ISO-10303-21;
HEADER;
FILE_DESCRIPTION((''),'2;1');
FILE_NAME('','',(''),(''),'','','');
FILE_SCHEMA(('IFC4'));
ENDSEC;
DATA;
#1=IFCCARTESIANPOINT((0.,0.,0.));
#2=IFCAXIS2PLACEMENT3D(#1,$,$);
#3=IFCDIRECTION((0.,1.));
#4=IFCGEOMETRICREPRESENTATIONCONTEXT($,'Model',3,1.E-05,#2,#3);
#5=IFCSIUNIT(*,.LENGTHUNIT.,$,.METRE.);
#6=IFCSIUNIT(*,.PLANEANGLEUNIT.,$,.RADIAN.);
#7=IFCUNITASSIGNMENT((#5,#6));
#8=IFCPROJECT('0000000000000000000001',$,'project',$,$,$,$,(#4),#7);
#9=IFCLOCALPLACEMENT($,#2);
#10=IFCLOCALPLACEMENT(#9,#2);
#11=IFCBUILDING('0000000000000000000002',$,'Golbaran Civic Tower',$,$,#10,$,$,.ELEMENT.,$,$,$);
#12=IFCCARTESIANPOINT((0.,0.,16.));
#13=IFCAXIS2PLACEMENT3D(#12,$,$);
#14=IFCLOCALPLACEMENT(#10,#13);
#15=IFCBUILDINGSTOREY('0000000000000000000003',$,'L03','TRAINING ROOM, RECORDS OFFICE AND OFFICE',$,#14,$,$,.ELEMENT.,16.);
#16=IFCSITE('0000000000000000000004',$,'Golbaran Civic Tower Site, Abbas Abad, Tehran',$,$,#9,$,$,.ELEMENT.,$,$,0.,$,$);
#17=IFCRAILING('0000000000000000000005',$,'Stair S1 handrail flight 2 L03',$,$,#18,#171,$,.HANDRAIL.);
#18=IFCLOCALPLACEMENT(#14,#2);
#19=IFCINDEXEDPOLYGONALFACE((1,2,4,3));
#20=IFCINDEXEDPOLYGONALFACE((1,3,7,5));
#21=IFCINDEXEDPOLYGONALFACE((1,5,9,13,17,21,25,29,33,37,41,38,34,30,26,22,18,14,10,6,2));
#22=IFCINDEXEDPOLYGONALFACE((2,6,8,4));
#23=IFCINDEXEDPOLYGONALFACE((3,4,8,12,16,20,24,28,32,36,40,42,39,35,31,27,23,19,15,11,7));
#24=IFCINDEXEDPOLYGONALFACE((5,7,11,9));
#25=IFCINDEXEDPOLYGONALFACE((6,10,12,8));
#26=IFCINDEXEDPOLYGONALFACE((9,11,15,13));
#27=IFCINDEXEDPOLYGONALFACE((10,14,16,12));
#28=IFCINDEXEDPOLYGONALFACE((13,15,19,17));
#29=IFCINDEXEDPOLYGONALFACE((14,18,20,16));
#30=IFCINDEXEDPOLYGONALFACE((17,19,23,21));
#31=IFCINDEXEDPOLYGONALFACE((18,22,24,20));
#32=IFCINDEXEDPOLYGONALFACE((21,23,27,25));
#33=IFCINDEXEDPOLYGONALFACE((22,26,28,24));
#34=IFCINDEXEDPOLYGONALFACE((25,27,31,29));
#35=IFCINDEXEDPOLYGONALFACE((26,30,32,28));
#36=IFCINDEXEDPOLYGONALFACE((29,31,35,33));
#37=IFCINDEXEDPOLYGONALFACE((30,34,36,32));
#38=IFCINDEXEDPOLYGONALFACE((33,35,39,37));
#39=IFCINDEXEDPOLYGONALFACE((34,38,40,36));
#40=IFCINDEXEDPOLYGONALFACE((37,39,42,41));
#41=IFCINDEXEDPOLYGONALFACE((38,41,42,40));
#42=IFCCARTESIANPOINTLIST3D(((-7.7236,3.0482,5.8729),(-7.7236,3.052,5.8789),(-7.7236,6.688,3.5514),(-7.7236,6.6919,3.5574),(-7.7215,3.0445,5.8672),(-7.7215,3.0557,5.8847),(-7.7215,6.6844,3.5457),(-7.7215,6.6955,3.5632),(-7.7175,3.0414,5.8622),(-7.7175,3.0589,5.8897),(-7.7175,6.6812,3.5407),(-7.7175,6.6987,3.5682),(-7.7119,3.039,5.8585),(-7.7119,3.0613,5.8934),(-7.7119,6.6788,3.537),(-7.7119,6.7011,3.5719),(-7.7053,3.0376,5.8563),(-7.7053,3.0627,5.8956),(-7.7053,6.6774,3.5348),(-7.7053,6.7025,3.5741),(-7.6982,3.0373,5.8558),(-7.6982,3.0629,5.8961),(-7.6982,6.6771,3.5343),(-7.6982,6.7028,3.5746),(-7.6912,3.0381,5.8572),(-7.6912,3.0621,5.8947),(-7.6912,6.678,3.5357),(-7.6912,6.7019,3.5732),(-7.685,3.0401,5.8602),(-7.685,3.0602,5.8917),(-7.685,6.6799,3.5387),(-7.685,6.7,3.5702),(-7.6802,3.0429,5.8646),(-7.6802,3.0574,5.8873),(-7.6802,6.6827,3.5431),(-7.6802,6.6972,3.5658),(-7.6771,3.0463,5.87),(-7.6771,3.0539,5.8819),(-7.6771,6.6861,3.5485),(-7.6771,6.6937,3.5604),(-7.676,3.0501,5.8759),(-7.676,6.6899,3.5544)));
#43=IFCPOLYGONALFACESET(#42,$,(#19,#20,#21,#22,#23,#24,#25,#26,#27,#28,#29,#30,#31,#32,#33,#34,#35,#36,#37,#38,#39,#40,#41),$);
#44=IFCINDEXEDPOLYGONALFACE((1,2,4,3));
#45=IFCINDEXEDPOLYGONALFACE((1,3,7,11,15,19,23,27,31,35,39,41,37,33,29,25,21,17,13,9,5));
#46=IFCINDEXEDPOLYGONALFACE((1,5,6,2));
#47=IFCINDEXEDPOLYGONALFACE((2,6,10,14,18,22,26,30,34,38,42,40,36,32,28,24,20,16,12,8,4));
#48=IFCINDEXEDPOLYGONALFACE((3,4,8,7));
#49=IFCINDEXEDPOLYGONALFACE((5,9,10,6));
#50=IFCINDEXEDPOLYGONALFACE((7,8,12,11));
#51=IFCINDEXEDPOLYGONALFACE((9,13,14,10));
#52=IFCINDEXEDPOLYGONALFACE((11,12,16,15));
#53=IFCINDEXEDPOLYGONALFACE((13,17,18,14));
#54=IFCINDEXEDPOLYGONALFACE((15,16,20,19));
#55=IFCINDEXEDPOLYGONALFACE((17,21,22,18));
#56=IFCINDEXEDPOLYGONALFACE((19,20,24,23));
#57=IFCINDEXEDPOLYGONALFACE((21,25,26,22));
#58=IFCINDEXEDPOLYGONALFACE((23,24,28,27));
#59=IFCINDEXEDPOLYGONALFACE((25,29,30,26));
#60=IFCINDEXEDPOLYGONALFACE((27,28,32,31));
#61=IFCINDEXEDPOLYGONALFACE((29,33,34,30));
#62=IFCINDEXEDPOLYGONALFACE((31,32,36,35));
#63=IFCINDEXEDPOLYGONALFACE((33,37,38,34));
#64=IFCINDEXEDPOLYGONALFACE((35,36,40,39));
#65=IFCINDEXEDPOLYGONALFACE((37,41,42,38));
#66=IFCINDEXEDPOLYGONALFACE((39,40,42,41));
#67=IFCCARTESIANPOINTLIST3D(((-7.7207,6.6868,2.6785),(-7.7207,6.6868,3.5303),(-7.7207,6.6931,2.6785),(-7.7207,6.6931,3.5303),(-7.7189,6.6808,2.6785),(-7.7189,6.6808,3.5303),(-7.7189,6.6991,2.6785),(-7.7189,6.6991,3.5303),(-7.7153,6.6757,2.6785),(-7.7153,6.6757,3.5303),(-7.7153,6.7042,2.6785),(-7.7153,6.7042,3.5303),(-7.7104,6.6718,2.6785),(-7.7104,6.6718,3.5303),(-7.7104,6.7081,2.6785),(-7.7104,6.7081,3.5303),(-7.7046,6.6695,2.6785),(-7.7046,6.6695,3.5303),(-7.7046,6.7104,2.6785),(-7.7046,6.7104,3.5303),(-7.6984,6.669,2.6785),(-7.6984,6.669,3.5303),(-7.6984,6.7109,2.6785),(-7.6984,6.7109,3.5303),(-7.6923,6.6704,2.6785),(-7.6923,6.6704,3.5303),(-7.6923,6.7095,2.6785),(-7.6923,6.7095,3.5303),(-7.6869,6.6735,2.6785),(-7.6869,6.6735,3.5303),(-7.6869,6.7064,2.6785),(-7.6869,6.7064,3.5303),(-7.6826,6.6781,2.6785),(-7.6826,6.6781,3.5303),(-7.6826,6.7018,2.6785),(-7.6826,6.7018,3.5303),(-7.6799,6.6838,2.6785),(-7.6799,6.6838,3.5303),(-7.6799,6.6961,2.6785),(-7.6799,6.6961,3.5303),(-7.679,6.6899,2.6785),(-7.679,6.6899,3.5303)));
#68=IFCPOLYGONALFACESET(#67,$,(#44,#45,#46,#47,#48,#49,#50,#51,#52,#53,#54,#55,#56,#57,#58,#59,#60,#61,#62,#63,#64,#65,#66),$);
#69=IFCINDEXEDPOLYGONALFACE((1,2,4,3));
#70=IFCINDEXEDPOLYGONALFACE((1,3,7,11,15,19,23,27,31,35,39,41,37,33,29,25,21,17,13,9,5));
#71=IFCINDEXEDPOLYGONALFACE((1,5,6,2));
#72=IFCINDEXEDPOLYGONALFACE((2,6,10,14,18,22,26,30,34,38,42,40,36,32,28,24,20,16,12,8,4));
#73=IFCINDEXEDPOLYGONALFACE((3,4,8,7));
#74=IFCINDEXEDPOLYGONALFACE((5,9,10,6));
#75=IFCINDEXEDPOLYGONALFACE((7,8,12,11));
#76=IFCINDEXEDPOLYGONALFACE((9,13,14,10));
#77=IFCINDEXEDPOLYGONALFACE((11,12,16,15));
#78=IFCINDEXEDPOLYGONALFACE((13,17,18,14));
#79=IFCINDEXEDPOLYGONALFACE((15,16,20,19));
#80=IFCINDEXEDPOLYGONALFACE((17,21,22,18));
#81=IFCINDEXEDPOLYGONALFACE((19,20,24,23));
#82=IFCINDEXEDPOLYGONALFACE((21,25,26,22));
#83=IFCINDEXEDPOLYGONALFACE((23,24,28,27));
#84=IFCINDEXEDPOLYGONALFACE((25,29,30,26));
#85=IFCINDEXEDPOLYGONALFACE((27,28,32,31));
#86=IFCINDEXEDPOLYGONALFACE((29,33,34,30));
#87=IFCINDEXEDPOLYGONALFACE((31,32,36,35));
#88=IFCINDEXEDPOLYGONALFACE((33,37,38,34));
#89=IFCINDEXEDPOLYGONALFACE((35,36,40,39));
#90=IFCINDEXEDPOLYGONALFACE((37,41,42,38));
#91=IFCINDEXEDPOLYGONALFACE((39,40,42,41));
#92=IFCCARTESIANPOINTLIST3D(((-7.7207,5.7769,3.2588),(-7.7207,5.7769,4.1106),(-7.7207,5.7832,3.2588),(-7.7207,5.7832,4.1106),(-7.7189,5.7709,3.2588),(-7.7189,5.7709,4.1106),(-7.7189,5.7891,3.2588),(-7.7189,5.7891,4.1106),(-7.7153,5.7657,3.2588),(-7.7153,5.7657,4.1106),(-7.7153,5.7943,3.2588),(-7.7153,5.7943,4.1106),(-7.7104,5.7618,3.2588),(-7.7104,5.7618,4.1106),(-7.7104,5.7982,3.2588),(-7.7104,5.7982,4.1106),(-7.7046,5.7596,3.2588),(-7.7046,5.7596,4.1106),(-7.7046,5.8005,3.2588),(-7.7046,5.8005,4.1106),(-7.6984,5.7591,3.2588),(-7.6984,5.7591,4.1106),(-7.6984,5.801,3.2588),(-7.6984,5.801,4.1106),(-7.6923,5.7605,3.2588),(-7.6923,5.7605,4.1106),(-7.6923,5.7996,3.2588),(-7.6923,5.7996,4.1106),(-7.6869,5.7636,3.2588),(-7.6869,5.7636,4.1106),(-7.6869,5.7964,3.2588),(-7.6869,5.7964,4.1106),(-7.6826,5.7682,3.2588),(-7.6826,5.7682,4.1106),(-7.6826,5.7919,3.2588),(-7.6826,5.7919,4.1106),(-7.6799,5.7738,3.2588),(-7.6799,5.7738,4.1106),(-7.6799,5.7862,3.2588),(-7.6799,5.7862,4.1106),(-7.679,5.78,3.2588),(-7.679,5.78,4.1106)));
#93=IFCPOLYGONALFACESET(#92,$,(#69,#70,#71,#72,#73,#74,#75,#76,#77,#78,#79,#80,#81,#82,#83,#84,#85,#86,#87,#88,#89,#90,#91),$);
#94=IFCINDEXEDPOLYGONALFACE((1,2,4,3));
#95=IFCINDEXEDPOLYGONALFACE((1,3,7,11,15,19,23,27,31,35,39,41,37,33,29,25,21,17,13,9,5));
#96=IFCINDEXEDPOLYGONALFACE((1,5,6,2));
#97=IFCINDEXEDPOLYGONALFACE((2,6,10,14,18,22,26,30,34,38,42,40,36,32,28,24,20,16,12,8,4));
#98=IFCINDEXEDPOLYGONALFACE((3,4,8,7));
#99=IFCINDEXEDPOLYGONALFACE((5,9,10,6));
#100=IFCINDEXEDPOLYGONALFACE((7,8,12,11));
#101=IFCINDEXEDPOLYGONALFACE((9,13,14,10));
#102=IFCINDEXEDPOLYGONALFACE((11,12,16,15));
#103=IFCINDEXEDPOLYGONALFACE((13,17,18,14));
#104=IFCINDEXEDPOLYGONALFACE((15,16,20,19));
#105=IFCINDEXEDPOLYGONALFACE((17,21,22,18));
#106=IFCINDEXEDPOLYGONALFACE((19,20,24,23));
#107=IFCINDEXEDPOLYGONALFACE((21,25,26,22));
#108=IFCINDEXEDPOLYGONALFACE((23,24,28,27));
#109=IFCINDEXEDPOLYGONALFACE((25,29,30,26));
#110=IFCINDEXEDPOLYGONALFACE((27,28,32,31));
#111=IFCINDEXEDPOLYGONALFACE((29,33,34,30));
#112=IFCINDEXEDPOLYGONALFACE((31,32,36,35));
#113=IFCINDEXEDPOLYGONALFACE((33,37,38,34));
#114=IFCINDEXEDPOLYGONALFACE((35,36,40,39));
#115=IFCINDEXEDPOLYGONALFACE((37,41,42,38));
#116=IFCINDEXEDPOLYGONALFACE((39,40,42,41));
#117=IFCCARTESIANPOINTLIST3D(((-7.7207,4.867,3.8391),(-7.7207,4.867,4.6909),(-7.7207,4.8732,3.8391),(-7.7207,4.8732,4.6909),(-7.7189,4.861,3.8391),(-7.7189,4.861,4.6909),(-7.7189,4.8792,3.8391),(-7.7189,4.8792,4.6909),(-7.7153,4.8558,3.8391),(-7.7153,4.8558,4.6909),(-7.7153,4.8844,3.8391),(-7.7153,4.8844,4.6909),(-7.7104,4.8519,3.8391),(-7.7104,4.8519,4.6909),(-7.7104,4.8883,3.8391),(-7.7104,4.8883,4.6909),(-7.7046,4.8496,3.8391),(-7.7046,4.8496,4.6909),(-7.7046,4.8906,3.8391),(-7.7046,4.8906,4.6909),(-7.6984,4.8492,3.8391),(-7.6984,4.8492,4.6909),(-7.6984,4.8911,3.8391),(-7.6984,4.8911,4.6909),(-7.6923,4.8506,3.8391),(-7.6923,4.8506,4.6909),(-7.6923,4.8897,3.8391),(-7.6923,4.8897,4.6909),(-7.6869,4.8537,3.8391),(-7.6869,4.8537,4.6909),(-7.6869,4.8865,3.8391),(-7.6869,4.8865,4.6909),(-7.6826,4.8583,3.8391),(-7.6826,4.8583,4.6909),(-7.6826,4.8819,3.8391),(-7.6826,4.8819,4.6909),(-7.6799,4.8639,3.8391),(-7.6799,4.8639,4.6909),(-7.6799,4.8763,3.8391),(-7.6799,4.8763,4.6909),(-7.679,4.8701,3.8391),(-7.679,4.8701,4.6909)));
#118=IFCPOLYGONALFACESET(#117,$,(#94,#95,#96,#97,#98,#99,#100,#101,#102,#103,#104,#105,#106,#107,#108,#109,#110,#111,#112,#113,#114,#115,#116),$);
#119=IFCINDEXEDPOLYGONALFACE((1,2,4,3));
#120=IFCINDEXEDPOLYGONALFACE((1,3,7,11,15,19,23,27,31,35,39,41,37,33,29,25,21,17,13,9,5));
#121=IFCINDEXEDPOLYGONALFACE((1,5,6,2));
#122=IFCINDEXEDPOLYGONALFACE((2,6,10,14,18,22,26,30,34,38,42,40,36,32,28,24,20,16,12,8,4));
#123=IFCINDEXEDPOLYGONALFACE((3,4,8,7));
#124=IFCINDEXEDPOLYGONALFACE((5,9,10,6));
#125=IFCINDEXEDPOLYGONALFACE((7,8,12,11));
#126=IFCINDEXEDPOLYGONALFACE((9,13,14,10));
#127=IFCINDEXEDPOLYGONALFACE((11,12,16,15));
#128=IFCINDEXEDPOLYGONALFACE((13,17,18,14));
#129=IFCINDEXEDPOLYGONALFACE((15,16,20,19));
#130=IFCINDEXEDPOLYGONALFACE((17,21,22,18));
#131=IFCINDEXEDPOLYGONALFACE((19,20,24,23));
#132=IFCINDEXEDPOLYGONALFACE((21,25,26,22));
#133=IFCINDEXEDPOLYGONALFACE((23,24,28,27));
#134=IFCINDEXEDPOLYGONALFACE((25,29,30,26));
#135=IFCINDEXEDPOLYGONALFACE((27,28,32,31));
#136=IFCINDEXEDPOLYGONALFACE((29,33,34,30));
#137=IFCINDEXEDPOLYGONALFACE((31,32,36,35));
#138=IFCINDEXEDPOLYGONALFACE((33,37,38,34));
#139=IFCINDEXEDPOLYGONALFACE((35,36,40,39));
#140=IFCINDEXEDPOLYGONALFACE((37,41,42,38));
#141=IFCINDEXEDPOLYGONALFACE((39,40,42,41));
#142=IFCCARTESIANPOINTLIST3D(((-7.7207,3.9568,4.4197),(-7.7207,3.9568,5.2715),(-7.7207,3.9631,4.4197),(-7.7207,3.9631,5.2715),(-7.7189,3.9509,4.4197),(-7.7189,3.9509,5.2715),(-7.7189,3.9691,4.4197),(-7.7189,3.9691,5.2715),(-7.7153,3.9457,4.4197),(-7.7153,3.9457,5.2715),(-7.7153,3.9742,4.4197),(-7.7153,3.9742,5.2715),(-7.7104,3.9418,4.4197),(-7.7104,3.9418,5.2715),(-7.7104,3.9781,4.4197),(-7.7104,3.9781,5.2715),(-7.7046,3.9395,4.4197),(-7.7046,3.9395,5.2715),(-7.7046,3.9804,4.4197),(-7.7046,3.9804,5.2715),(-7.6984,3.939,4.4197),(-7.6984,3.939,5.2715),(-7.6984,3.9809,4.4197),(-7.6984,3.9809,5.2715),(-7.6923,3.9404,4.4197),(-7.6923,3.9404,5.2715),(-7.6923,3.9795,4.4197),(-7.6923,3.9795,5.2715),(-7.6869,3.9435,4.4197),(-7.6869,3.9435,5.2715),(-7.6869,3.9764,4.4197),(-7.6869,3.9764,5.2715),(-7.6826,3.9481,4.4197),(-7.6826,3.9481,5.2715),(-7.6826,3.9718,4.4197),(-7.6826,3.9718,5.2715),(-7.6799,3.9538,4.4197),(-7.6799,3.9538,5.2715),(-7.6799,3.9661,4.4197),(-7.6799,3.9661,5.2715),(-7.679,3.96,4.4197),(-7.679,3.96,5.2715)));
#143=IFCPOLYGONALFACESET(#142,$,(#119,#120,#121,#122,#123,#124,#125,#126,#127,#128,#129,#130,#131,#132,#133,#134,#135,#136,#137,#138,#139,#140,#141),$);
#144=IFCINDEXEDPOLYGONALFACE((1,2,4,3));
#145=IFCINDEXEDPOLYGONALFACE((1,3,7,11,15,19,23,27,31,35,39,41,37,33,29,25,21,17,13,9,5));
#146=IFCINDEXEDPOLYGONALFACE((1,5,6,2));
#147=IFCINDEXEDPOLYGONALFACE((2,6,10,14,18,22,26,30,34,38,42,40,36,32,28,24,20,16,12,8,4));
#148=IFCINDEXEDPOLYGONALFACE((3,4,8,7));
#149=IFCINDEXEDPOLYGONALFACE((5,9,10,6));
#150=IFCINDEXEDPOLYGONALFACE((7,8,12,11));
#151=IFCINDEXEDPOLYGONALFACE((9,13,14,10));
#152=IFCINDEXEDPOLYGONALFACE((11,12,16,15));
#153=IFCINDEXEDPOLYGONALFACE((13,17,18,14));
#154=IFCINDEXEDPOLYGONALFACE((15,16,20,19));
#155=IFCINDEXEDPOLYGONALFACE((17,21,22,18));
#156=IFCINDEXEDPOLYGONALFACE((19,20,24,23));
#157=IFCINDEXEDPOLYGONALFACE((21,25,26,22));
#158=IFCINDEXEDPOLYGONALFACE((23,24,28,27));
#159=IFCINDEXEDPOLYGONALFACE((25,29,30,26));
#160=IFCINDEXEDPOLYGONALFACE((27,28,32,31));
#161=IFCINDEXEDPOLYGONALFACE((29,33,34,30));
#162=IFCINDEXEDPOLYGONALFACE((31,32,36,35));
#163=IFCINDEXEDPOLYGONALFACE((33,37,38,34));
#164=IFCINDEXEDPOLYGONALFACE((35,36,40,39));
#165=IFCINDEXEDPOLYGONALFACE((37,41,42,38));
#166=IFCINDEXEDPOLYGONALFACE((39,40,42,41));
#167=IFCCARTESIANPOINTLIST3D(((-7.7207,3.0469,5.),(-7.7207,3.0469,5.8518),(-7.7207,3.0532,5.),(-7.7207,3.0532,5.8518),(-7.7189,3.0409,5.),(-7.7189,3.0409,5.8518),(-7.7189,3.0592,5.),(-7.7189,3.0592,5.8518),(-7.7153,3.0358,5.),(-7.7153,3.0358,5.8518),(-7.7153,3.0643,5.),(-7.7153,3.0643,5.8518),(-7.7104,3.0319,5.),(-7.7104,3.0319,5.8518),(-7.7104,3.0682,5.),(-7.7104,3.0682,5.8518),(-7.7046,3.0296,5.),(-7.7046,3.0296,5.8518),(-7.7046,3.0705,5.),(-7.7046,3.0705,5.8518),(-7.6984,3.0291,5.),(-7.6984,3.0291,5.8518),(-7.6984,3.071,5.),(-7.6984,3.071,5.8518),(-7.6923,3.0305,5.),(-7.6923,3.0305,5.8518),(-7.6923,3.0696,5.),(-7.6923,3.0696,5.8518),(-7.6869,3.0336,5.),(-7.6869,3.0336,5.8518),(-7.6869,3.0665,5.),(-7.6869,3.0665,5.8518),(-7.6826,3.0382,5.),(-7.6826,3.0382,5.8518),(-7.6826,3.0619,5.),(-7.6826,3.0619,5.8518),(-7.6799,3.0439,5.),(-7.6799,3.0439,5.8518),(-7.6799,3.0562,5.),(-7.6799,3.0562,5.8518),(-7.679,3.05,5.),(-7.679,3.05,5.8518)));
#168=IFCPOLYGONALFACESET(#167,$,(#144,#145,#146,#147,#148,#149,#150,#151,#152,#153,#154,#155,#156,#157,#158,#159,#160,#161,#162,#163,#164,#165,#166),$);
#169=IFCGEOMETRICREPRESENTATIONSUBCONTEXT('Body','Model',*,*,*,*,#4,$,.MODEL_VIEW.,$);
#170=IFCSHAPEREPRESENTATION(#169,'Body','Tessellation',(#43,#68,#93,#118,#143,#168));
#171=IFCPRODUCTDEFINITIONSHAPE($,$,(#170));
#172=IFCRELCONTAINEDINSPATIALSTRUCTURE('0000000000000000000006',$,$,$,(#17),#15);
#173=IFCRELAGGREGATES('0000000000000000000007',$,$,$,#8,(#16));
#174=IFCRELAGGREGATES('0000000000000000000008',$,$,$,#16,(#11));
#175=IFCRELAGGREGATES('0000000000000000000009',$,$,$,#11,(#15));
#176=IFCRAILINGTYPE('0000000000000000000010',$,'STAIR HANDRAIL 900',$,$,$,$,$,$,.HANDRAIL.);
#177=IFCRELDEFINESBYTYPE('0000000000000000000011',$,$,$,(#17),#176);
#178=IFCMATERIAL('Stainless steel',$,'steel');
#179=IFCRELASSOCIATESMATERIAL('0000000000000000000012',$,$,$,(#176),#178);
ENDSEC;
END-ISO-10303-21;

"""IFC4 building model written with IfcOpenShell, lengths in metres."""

from ifc_helpers import new_model, si_unit, direction, frame, origin, origin_2d, place, context, subcontext, project, spatial, circle, extrude, material, type_object, element, save


model = new_model("IFC4")

# Units and contexts
model_context = context("Model", 3, precision=1e-05, world=origin(), true_north=direction((0.0, 1.0)))
body_context = subcontext(model_context, "Body", "Model", "MODEL_VIEW")
ifc_project = project(units=[si_unit("LENGTHUNIT", "METRE"), si_unit("PLANEANGLEUNIT", "RADIAN")], contexts=[model_context])

# Site, building, storey
site_placement = place(None, origin())
site = spatial("IfcSite", under=ifc_project, at=site_placement, Name="Golbaran Civic Tower Site, Abbas Abad, Tehran", CompositionType="ELEMENT", RefElevation=0.0)
building_placement = place(site_placement, origin())
building = spatial("IfcBuilding", under=site, at=building_placement, Name="Golbaran Civic Tower", CompositionType="ELEMENT")
storey_placement = place(building_placement, frame((0.0, 0.0, 16.0)))
storey = spatial("IfcBuildingStorey", under=building, at=storey_placement, Name="L03", Description="TRAINING ROOM, RECORDS OFFICE AND OFFICE", CompositionType="ELEMENT", Elevation=16.0)

# Shared definitions
ifc_material_1 = material(Name="Stainless steel", Category="steel")

# Railing
railing_type = type_object("IfcRailingType", Name="STAIR HANDRAIL 900", PredefinedType="HANDRAIL", material=ifc_material_1)
railing_1_placement = place(storey_placement, frame((-7.7, 6.6899, 2.6785)))
element("IfcRailing", 1, at=railing_1_placement, inside=storey, type_object=railing_type, Name="Stair S1 handrail flight 2 L03", PredefinedType="HANDRAIL", context=body_context, shape_type="SweptSolid", body=[
    extrude(circle(Radius=0.0239, at=origin_2d()), frame((0.0, 0.0, 0.876), z_axis=(0.0, -0.843112, 0.537739), x_axis=(1.0, 0.0, 0.0)), (0.0, 0.0, 1.0), 4.3171),
    extrude(circle(Radius=0.021, at=origin_2d()), origin(), (0.0, 0.0, 1.0), 0.8518),
    extrude(circle(Radius=0.021, at=origin_2d()), frame((0.0, -0.9099, 0.5803)), (0.0, 0.0, 1.0), 0.8518),
    extrude(circle(Radius=0.021, at=origin_2d()), frame((0.0, -1.8198, 1.1606)), (0.0, 0.0, 1.0), 0.8518),
    extrude(circle(Radius=0.021, at=origin_2d()), frame((0.0, -2.73, 1.7412)), (0.0, 0.0, 1.0), 0.8518),
    extrude(circle(Radius=0.021, at=origin_2d()), frame((0.0, -3.6399, 2.3215)), (0.0, 0.0, 1.0), 0.8518),
])

save(model, "model.ifc")
